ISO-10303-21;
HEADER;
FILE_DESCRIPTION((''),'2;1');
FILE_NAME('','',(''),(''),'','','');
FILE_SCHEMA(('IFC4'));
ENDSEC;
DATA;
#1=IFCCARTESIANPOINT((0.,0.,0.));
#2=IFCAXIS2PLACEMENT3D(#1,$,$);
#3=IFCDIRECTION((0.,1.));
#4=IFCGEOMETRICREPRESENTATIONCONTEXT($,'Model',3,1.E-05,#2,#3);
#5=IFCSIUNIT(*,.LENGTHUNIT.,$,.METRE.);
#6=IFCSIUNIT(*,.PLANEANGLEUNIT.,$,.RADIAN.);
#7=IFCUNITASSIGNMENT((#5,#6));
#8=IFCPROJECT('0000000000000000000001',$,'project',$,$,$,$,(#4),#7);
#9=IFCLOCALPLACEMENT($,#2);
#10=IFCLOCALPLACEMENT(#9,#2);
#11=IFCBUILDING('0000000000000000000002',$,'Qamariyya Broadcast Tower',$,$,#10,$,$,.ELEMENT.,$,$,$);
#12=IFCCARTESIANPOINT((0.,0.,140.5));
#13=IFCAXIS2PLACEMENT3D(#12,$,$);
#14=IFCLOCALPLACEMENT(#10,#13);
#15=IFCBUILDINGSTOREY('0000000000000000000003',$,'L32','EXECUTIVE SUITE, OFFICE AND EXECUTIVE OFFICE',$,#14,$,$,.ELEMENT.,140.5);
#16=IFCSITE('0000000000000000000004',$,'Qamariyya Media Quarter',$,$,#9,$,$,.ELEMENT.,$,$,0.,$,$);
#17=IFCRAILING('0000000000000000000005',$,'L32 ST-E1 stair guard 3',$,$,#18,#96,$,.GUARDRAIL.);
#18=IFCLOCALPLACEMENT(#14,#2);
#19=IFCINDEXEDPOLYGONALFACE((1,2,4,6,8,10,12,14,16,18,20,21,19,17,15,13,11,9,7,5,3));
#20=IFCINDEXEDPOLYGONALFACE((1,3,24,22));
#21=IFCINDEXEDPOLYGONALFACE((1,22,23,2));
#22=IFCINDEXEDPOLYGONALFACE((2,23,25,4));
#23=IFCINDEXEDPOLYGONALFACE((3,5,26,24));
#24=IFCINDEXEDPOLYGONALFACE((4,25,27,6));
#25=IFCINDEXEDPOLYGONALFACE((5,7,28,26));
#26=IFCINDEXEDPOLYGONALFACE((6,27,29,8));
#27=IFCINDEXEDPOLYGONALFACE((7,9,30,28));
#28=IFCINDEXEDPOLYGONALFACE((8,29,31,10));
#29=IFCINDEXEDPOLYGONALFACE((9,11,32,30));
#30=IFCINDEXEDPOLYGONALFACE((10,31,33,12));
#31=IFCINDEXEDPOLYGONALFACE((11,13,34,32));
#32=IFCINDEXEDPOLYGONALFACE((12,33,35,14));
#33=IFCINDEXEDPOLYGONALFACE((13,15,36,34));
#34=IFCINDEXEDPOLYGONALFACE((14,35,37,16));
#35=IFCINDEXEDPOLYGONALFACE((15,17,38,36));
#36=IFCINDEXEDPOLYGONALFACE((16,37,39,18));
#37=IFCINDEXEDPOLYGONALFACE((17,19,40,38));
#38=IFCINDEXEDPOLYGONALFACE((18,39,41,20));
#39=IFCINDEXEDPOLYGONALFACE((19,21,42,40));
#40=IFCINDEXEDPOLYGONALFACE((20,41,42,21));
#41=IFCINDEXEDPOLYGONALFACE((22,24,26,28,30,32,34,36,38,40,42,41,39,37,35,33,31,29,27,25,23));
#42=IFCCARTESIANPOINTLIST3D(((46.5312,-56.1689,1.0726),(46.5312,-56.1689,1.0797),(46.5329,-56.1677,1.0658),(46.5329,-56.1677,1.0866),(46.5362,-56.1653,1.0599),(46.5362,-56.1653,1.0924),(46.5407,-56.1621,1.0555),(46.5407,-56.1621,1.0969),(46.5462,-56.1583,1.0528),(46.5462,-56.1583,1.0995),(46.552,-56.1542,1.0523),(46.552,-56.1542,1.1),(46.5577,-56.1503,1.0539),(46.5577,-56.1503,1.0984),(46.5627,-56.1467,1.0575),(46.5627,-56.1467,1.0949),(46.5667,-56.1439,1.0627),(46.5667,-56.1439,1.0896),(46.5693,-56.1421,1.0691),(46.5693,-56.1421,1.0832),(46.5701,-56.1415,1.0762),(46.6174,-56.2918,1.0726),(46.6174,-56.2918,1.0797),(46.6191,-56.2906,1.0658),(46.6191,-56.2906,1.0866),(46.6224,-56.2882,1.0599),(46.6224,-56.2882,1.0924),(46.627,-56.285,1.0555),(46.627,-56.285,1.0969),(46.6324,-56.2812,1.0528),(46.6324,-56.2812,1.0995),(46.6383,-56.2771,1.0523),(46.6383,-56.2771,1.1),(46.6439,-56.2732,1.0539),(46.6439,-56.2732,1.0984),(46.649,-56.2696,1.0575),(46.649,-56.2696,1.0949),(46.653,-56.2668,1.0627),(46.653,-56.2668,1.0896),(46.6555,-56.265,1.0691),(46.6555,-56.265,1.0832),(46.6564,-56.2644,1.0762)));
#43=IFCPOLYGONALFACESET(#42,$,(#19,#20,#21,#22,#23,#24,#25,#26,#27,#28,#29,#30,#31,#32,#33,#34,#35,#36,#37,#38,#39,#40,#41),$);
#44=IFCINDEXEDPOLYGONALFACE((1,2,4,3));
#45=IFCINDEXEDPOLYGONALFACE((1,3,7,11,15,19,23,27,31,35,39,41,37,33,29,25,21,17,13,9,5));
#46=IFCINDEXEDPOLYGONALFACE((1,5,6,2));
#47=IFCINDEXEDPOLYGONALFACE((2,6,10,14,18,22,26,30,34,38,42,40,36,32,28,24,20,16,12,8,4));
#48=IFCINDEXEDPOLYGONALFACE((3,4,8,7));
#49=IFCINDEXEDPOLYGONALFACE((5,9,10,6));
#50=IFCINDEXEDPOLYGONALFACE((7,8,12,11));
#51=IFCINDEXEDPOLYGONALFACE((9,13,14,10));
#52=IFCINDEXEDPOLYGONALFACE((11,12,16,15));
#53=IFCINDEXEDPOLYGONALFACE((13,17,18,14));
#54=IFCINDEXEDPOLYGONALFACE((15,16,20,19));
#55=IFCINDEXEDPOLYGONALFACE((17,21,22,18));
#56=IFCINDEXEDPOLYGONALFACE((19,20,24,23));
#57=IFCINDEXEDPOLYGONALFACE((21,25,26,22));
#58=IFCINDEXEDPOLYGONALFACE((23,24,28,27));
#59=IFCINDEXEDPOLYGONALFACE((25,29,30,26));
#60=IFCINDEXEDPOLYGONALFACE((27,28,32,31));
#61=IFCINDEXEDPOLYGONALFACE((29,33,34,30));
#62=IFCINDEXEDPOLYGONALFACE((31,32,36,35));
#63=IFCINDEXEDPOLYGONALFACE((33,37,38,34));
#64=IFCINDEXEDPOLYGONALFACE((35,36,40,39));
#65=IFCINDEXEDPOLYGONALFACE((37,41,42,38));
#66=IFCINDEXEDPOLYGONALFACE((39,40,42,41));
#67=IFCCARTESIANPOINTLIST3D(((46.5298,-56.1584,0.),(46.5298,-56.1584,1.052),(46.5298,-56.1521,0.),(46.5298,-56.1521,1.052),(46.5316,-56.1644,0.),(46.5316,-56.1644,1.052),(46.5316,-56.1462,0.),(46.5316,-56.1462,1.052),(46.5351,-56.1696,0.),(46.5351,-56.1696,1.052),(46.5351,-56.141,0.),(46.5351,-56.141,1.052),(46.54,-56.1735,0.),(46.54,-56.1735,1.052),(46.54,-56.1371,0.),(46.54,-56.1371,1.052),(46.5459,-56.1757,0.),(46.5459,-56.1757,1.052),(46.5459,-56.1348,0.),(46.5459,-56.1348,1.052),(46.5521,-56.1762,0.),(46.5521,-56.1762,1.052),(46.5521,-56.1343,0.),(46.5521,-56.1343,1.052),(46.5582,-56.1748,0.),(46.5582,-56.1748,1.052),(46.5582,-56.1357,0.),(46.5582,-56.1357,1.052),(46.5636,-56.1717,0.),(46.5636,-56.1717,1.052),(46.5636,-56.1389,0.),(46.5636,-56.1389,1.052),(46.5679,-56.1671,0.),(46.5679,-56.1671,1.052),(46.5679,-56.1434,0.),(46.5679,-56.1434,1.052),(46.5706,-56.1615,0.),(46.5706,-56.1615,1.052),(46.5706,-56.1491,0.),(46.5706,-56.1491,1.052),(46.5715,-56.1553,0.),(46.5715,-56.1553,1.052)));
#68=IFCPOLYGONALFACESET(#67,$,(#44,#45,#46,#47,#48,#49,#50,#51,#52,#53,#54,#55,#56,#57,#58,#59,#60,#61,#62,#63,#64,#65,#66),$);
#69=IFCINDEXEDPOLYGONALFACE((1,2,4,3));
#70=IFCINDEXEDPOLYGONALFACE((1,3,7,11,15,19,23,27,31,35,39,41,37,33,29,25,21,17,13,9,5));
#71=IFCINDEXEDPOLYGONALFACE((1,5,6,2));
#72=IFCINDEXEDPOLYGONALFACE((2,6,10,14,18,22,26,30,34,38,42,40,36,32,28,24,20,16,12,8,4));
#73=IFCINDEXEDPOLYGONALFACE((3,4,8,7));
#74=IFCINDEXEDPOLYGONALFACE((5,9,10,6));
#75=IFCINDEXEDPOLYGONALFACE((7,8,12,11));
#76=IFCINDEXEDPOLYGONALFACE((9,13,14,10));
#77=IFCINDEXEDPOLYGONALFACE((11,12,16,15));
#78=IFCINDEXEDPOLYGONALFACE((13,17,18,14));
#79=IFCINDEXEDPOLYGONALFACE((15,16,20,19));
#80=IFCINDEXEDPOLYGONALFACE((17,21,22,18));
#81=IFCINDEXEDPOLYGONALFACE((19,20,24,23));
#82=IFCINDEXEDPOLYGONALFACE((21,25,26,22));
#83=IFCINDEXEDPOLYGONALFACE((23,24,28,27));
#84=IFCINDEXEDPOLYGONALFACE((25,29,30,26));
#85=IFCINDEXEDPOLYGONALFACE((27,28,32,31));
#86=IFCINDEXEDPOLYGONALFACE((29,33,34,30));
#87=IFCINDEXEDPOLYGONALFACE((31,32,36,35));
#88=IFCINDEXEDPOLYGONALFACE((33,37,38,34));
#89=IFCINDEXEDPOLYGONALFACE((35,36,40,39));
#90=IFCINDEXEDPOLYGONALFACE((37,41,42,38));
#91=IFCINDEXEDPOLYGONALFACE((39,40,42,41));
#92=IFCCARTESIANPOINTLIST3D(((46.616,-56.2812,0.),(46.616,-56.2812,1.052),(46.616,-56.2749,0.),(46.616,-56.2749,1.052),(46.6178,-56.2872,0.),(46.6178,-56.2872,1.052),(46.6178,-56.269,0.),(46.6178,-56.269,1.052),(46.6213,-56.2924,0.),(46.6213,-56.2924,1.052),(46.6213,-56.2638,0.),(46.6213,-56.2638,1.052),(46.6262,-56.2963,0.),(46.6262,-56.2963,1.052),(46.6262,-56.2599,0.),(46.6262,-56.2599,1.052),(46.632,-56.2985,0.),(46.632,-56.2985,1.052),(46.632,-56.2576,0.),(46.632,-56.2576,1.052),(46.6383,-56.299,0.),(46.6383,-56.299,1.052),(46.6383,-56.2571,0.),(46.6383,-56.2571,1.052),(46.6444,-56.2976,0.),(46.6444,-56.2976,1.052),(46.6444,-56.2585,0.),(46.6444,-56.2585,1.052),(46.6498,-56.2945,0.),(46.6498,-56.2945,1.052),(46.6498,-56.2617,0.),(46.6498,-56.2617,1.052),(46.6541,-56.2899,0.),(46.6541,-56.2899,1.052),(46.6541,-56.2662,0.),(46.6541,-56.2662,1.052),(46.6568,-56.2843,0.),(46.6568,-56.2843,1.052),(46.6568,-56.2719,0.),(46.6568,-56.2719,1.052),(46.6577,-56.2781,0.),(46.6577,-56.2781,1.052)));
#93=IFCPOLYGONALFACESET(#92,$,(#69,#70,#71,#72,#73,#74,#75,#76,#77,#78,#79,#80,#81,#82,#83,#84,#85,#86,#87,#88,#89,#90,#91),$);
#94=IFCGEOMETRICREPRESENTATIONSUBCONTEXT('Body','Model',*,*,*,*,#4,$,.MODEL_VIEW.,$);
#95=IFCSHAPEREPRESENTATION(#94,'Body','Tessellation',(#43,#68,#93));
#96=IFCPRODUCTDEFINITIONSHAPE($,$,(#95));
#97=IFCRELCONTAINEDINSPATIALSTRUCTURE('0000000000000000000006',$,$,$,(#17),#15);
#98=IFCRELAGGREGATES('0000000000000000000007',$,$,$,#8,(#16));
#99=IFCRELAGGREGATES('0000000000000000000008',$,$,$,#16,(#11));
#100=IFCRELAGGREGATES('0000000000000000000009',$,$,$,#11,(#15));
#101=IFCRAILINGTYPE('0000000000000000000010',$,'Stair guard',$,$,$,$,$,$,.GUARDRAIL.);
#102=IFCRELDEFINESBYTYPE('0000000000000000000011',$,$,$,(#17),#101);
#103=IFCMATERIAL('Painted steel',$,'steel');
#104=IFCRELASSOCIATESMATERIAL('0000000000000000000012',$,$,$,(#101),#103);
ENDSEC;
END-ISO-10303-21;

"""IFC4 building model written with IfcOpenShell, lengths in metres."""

from ifc_helpers import new_model, si_unit, direction, frame, origin, origin_2d, place, context, subcontext, project, spatial, circle, extrude, material, type_object, element, save


model = new_model("IFC4")

# Units and contexts
model_context = context("Model", 3, precision=1e-05, world=origin(), true_north=direction((0.0, 1.0)))
body_context = subcontext(model_context, "Body", "Model", "MODEL_VIEW")
ifc_project = project(units=[si_unit("LENGTHUNIT", "METRE"), si_unit("PLANEANGLEUNIT", "RADIAN")], contexts=[model_context])

# Site, building, storey
site_placement = place(None, origin())
site = spatial("IfcSite", under=ifc_project, at=site_placement, Name="Qamariyya Media Quarter", CompositionType="ELEMENT", RefElevation=0.0)
building_placement = place(site_placement, origin())
building = spatial("IfcBuilding", under=site, at=building_placement, Name="Qamariyya Broadcast Tower", CompositionType="ELEMENT")
storey_placement = place(building_placement, frame((0.0, 0.0, 140.5)))
storey = spatial("IfcBuildingStorey", under=building, at=storey_placement, Name="L32", Description="EXECUTIVE SUITE, OFFICE AND EXECUTIVE OFFICE", CompositionType="ELEMENT", Elevation=140.5)

# Railing
ifc_material_1 = material(Name="Painted steel", Category="steel")
railing_type_1 = type_object("IfcRailingType", Name="Stair guard", PredefinedType="GUARDRAIL", material=ifc_material_1)
railing_1_placement = place(storey_placement, frame((46.5505, -56.1553, 0.0)))
element("IfcRailing", 1, at=railing_1_placement, inside=storey, type_object=railing_type_1, Name="L32 ST-E1 stair guard 3", PredefinedType="GUARDRAIL", context=body_context, shape_type="SweptSolid", body=[
    extrude(circle(Radius=0.0239, at=origin_2d()), frame((0.0, 0.0, 1.0762), z_axis=(0.574445, -0.818543, 0.0), x_axis=(0.818543, 0.574445, 0.0)), (0.0, 0.0, 1.0), 0.1501),
    extrude(circle(Radius=0.021, at=origin_2d()), origin(), (0.0, 0.0, 1.0), 1.052),
    extrude(circle(Radius=0.021, at=origin_2d()), frame((0.0862, -0.1228, 0.0)), (0.0, 0.0, 1.0), 1.052),
])

save(model, "model.ifc")
